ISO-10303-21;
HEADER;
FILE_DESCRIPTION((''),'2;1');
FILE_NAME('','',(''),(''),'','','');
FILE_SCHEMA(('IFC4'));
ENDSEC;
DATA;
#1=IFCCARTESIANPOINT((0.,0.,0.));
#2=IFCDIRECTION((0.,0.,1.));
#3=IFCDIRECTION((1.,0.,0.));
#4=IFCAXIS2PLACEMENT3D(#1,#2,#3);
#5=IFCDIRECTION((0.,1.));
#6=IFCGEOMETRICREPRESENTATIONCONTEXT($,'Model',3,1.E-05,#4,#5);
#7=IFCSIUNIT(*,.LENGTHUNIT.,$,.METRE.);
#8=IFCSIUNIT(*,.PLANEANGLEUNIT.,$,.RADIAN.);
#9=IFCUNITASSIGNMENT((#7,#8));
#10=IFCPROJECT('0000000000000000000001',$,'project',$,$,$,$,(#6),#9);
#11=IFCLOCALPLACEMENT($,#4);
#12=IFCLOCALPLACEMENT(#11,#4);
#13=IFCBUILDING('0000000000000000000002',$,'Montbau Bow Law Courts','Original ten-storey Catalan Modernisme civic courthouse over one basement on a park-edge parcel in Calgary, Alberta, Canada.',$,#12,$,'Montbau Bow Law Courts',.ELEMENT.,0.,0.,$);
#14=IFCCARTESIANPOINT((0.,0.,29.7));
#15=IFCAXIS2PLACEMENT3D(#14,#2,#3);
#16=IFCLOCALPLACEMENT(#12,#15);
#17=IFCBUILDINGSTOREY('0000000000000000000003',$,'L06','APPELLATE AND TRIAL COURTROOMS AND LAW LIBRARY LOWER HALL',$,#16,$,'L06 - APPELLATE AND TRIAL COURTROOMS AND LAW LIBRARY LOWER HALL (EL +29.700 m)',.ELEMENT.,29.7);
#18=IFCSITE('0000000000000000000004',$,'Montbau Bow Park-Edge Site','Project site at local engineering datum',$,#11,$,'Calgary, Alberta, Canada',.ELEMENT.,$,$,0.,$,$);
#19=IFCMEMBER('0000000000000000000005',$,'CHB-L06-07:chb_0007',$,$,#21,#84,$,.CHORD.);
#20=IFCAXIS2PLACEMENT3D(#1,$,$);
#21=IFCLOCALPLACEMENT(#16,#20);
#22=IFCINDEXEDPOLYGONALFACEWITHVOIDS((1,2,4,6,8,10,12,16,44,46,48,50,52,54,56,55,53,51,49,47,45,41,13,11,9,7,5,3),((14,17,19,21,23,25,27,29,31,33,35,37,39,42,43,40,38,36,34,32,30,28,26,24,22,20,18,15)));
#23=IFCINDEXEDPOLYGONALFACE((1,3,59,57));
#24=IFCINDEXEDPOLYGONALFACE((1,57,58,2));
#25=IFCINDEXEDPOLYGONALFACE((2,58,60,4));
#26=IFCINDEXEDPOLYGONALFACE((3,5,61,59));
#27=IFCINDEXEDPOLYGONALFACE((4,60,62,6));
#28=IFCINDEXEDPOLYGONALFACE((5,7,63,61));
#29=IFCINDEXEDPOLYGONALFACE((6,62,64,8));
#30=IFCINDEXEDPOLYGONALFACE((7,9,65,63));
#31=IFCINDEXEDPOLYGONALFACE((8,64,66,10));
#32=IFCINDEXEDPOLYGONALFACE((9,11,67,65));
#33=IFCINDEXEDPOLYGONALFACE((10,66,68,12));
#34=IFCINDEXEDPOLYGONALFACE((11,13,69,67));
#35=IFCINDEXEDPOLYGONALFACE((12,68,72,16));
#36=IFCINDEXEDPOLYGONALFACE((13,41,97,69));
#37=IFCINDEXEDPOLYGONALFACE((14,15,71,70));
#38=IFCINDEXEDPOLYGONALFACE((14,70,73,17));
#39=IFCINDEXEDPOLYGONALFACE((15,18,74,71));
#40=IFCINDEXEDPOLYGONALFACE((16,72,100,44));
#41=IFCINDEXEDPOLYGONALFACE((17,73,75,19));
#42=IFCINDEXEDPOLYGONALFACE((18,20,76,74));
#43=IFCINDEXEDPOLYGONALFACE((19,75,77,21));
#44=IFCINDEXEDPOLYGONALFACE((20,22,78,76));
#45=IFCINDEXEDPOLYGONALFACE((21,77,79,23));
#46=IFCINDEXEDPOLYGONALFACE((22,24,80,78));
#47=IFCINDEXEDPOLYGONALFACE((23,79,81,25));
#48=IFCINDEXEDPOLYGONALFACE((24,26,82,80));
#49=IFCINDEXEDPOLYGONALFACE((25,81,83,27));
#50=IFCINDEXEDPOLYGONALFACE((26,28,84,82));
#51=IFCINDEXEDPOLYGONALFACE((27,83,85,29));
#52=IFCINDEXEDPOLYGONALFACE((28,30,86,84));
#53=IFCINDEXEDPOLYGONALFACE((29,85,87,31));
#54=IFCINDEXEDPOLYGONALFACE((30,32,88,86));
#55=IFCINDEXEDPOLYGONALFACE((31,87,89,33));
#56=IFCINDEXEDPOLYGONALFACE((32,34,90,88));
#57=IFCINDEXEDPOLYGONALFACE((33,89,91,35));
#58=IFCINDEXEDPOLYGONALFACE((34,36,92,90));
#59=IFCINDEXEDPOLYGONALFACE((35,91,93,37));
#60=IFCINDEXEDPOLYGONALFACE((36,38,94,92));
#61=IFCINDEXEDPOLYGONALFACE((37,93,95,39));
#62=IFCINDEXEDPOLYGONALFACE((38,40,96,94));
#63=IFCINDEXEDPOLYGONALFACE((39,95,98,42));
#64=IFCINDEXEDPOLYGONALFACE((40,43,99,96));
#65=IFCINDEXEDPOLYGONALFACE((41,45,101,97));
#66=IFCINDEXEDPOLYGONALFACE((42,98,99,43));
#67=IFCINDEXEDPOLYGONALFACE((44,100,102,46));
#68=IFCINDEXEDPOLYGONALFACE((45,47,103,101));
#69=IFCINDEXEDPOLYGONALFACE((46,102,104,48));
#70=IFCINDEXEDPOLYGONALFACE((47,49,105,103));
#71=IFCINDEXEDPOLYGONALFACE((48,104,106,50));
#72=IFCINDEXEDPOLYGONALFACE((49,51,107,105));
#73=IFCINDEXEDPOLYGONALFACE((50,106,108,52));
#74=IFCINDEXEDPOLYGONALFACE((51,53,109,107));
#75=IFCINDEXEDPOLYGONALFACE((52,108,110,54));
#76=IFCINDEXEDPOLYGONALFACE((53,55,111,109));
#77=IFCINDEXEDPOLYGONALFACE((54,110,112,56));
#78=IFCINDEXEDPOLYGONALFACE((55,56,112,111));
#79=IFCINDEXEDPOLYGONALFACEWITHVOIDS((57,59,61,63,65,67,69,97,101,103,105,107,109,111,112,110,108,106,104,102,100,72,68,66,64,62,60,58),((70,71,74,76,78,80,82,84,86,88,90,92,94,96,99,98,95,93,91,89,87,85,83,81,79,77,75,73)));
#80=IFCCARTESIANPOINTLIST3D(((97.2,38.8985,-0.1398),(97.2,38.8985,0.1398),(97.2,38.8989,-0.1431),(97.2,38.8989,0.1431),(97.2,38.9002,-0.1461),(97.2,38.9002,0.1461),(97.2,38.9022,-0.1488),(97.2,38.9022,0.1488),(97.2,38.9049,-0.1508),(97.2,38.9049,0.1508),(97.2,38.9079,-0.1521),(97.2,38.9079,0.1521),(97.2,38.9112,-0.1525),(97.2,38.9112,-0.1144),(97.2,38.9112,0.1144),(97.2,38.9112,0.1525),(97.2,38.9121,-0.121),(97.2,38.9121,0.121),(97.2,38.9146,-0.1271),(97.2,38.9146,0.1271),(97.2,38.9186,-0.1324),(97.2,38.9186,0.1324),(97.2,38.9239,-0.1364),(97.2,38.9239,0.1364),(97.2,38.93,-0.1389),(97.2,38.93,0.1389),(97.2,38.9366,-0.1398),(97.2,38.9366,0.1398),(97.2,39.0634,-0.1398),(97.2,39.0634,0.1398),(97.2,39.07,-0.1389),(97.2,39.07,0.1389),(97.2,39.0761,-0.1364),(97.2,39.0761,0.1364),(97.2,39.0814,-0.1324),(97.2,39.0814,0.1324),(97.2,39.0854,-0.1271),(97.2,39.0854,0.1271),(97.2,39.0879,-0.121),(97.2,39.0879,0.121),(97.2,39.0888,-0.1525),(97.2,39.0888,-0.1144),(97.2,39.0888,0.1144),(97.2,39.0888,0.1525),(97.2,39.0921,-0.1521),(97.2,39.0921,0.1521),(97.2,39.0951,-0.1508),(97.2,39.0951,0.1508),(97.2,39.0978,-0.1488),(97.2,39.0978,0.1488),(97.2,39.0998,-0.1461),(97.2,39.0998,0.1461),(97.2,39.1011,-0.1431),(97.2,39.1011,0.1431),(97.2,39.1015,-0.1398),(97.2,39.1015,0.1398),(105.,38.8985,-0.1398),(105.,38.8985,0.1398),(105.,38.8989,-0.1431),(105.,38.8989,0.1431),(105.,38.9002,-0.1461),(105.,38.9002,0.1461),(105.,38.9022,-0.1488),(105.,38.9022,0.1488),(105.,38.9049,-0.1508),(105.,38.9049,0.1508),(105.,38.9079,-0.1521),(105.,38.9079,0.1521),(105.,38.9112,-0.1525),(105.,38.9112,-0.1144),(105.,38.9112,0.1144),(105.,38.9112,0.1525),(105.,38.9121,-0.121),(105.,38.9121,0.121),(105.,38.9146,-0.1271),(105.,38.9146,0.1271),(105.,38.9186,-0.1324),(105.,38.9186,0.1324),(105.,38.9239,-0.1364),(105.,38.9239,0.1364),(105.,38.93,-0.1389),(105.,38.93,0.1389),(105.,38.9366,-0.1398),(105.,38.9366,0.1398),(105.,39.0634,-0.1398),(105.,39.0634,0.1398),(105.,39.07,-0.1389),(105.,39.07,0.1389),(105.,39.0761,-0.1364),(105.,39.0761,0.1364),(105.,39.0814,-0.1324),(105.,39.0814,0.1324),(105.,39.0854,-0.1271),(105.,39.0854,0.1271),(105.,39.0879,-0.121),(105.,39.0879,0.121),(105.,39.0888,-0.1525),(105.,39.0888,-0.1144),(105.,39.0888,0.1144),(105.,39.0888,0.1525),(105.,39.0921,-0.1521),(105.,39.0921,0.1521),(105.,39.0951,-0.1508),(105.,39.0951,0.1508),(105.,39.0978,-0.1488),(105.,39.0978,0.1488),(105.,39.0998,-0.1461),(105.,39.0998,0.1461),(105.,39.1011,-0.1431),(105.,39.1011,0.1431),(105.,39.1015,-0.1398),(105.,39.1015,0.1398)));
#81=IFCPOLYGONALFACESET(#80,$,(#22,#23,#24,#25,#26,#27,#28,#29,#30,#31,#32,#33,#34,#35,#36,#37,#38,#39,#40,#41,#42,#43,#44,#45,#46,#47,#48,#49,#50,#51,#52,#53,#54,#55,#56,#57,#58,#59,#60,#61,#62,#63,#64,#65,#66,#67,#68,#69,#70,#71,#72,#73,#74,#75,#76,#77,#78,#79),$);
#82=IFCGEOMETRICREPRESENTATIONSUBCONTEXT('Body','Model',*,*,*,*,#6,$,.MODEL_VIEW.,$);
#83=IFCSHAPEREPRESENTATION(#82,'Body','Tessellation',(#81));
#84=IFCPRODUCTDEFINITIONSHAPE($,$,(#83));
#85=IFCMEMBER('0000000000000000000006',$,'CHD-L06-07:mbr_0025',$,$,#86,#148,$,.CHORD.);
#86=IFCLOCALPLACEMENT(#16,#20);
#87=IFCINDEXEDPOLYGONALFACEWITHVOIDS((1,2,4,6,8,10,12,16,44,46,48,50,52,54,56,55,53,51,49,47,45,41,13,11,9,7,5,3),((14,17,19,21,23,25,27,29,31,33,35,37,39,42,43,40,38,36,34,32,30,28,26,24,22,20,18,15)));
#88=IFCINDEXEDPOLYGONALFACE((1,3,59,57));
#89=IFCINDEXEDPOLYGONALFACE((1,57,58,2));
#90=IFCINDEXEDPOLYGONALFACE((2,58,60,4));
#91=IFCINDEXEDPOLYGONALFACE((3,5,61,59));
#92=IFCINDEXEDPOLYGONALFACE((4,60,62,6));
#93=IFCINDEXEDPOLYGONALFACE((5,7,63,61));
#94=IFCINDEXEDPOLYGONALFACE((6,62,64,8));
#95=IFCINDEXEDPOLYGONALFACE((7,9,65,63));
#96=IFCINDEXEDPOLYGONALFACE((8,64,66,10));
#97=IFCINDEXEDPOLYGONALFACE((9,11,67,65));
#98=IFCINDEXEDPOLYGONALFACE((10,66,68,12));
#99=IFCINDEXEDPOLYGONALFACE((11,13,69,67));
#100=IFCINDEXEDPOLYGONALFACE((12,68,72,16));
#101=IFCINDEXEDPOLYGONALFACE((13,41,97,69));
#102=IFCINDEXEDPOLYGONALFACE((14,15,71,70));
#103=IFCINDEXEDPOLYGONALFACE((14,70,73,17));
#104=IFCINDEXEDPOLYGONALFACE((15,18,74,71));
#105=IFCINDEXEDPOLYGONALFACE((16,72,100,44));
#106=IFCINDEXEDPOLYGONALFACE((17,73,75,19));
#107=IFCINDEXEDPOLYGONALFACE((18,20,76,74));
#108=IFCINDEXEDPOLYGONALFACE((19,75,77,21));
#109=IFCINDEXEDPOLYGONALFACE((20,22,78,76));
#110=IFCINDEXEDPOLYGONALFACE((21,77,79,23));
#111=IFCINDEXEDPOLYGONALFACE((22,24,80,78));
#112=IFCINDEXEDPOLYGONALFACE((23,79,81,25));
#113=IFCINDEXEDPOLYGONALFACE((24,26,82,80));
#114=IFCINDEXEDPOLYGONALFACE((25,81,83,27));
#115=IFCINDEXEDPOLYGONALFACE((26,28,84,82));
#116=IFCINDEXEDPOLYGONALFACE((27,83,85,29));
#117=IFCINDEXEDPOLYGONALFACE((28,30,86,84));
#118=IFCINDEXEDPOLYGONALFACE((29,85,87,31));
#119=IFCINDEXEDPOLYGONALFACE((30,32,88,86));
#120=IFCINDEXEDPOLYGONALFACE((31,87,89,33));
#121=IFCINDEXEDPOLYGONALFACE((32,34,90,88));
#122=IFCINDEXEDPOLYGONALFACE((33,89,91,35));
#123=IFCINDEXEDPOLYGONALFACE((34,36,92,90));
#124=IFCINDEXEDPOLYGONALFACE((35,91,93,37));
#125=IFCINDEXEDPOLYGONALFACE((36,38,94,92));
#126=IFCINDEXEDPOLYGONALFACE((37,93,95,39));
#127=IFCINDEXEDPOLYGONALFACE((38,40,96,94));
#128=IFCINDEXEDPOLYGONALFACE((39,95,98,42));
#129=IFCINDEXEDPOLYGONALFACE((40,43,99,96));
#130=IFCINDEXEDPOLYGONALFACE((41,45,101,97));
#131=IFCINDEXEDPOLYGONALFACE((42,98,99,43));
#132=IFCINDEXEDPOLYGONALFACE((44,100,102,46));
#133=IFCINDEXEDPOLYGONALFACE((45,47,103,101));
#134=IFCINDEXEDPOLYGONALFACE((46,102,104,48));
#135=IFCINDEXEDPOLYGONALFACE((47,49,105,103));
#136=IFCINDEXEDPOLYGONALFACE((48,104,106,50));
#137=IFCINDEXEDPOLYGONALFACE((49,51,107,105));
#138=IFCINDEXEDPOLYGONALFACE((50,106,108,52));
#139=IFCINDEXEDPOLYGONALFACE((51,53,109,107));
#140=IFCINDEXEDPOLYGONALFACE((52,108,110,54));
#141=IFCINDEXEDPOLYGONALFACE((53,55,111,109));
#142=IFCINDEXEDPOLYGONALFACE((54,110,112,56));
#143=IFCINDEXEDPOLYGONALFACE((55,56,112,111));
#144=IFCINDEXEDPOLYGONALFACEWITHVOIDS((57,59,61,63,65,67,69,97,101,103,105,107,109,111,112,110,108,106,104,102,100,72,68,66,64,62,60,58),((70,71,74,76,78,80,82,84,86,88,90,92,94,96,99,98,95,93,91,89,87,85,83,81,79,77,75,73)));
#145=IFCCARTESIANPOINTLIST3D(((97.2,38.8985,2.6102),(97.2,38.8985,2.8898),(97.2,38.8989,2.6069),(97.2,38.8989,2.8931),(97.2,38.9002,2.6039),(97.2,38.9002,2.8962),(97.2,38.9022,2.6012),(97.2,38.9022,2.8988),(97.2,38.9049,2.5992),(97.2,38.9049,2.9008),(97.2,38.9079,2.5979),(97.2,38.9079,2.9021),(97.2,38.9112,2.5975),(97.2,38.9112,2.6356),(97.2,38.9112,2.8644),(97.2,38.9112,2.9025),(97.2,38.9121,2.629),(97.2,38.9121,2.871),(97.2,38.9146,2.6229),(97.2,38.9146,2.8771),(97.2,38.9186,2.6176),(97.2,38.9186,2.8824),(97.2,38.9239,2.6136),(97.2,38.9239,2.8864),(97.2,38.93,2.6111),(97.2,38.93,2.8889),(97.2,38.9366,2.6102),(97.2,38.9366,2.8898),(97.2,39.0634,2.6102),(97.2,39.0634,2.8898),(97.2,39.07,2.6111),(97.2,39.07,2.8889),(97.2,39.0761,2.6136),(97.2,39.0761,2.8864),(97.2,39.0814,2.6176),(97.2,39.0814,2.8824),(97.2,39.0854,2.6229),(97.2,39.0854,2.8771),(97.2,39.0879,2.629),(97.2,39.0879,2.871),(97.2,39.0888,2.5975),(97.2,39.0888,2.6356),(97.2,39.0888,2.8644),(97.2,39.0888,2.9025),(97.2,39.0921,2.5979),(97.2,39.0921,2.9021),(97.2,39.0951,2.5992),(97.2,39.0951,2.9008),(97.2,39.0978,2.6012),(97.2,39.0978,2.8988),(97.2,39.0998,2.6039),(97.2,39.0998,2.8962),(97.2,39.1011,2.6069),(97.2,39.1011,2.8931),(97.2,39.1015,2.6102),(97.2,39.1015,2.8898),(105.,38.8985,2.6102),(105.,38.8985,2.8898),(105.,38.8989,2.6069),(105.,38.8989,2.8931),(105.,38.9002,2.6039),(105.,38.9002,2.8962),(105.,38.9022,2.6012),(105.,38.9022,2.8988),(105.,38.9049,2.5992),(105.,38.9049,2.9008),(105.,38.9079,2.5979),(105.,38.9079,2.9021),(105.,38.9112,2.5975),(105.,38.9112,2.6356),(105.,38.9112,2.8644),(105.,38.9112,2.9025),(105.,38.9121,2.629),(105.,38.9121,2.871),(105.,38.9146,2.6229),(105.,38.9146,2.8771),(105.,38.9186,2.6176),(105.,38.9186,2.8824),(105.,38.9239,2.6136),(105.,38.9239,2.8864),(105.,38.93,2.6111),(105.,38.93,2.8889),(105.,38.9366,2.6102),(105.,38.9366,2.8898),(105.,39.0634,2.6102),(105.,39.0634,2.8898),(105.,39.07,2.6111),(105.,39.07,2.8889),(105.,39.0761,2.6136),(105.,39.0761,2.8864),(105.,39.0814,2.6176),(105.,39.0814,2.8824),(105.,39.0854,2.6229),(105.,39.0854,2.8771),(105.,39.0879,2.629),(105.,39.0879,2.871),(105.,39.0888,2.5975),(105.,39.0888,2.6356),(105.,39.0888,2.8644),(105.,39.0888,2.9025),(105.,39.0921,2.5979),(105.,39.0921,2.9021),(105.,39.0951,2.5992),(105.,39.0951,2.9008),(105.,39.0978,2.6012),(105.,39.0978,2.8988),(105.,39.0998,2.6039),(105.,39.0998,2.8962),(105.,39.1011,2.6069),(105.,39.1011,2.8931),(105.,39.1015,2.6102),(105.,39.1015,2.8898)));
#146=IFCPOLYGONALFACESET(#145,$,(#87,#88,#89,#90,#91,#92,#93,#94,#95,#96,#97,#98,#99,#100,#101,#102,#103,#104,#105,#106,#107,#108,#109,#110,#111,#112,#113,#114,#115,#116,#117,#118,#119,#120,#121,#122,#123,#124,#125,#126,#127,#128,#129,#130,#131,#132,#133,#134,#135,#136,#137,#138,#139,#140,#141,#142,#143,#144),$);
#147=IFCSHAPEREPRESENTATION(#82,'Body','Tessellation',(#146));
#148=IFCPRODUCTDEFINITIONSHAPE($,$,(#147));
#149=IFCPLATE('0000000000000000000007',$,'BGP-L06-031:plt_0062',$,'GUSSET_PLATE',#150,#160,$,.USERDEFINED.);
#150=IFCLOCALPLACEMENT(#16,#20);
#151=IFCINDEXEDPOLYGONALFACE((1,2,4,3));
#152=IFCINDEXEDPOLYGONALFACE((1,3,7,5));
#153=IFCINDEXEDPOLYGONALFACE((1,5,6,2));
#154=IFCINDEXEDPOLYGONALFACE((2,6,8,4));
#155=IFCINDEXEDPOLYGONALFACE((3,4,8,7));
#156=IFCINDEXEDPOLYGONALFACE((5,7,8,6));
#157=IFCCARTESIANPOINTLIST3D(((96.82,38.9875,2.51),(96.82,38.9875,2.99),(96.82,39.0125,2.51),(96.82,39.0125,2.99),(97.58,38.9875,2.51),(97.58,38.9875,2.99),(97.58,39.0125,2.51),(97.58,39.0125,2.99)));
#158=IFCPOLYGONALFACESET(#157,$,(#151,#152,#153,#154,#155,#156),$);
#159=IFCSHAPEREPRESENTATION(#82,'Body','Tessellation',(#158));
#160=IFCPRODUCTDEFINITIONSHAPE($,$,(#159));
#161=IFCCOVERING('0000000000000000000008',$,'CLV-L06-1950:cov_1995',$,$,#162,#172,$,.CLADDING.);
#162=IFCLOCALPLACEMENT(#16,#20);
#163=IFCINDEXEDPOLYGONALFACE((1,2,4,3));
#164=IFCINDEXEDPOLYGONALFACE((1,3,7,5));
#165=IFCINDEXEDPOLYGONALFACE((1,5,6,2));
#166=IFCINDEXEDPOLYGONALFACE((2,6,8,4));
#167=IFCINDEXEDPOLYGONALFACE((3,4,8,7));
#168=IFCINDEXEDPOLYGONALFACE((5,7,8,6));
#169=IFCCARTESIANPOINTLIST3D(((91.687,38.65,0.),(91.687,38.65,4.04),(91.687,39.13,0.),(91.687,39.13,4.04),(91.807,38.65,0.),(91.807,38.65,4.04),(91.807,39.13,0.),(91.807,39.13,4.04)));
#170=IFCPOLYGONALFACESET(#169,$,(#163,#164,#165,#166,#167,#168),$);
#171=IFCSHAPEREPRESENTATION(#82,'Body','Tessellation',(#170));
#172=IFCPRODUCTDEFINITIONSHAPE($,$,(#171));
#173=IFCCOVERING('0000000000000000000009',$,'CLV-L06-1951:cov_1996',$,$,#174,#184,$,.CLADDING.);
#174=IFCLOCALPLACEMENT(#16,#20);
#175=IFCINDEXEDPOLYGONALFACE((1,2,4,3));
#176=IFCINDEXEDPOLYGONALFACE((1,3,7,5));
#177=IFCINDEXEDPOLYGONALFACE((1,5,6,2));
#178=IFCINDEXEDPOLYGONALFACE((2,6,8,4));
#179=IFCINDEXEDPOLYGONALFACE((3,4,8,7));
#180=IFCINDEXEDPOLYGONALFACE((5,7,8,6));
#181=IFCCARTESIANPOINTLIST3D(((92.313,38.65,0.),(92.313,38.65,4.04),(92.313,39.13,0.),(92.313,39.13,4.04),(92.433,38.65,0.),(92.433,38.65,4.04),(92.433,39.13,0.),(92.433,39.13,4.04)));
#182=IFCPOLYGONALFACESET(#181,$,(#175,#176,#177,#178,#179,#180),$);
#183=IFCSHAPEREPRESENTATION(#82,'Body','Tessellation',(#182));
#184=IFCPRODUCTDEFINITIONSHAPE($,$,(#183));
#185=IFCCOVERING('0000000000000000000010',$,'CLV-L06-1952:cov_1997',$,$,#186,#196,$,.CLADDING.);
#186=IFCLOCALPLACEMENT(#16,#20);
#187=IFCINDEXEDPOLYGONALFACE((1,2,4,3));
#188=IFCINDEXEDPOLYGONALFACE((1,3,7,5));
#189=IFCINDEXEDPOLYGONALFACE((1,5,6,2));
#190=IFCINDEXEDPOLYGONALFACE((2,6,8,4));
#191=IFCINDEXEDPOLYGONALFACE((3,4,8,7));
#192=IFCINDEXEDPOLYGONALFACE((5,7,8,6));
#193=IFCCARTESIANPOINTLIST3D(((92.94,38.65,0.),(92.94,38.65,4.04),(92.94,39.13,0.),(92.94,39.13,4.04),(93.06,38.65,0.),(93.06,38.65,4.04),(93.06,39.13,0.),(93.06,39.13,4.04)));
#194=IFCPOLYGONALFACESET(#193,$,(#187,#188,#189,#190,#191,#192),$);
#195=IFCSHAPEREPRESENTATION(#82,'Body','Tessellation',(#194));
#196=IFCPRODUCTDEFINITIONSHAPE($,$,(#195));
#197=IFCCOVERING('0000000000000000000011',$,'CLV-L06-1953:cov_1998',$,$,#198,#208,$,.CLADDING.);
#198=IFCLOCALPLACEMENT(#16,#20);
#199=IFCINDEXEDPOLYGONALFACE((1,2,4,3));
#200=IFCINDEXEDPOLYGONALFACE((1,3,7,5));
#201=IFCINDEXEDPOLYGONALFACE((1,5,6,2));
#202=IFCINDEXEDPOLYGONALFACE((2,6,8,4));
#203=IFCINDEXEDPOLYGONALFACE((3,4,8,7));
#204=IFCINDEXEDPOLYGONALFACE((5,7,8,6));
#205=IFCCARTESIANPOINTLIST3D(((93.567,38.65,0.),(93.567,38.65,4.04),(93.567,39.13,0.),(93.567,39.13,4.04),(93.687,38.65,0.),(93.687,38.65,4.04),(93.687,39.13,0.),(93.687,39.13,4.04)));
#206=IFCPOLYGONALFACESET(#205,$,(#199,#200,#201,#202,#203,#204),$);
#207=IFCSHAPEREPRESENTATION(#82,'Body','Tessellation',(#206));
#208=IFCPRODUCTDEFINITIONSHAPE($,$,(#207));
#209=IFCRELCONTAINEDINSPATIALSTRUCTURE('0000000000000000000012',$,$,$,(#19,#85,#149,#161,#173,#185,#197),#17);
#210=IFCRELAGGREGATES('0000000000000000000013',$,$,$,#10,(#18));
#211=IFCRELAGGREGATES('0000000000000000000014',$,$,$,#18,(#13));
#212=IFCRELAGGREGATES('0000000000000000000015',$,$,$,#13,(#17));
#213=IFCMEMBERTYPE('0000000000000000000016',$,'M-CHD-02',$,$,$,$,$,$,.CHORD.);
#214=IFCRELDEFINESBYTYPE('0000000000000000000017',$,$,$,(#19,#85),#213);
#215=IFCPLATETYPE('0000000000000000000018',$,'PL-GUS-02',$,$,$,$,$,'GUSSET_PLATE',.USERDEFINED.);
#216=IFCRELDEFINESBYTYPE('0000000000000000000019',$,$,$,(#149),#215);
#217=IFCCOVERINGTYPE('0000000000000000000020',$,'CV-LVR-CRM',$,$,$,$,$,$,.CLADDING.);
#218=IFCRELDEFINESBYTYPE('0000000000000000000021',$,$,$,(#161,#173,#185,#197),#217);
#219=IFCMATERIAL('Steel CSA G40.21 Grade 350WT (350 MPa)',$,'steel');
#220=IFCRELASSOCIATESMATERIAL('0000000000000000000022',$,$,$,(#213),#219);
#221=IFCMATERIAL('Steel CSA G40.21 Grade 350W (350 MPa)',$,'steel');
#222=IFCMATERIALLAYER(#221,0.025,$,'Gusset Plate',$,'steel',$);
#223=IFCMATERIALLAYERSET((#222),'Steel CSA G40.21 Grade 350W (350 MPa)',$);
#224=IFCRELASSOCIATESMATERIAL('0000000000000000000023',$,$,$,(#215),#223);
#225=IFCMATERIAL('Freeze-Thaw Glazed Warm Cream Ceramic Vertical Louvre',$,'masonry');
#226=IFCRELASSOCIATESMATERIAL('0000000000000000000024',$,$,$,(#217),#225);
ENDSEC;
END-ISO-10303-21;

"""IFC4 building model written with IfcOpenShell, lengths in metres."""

from ifc_helpers import new_model, si_unit, direction, frame, frame_2d, origin_with_axes, origin_2d_with_axis, place, context, subcontext, project, spatial, rectangle, hollow_rectangle, extrude, material, layer, layer_set, material_profile, profile_set, type_object, element, save


model = new_model("IFC4")

# Units and contexts
model_context = context("Model", 3, precision=1e-05, world=origin_with_axes(), true_north=direction((0.0, 1.0)))
body_context = subcontext(model_context, "Body", "Model", "MODEL_VIEW")
ifc_project = project(units=[si_unit("LENGTHUNIT", "METRE"), si_unit("PLANEANGLEUNIT", "RADIAN")], contexts=[model_context])

# Site, building, storey
site_placement = place(None, origin_with_axes())
site = spatial("IfcSite", under=ifc_project, at=site_placement, Name="Montbau Bow Park-Edge Site", Description="Project site at local engineering datum", LongName="Calgary, Alberta, Canada", CompositionType="ELEMENT", RefElevation=0.0)
building_placement = place(site_placement, origin_with_axes())
building = spatial("IfcBuilding", under=site, at=building_placement, Name="Montbau Bow Law Courts", Description="Original ten-storey Catalan Modernisme civic courthouse over one basement on a park-edge parcel in Calgary, Alberta, Canada.", LongName="Montbau Bow Law Courts", CompositionType="ELEMENT", ElevationOfRefHeight=0.0, ElevationOfTerrain=0.0)
storey_placement = place(building_placement, frame((0.0, 0.0, 29.7), z_axis=(0.0, 0.0, 1.0), x_axis=(1.0, 0.0, 0.0)))
storey = spatial("IfcBuildingStorey", under=building, at=storey_placement, Name="L06", Description="APPELLATE AND TRIAL COURTROOMS AND LAW LIBRARY LOWER HALL", LongName="L06 - APPELLATE AND TRIAL COURTROOMS AND LAW LIBRARY LOWER HALL (EL +29.700 m)", CompositionType="ELEMENT", Elevation=29.7)

# Shared definitions
ifc_material_1 = material(Name="Steel CSA G40.21 Grade 350W (350 MPa)", Category="steel")
ifc_material_2 = material(Name="Steel CSA G40.21 Grade 350WT (350 MPa)", Category="steel")

# Members
ifc_material_profile_1 = material_profile(ifc_material_2, hollow_rectangle(XDim=0.203, YDim=0.305, WallThickness=0.0127, InnerFilletRadius=0.0254, OuterFilletRadius=0.0127, at=origin_2d_with_axis()), Name="HSS305X203X13", Category="Main", Priority=0)
ifc_profile_set_1 = profile_set([ifc_material_profile_1], Name="Steel CSA G40.21 Grade 350WT (350 MPa)")
member_type_1 = type_object("IfcMemberType", Name="M-CHD-02", PredefinedType="CHORD", material=ifc_profile_set_1)
for number, where, z_axis, x_axis, name in (
    (1, (97.2, 39.0, 29.7), (1.0, 0.0, 0.0), (0.0, 1.0, 0.0), "CHB-L06-07:chb_0007"),
    (2, (97.2, 39.0, 32.45), (1.0, 0.0, 0.0), (0.0, 1.0, 0.0), "CHD-L06-07:mbr_0025"),
):
    element("IfcMember", number, at=place(None, frame(where, z_axis=z_axis, x_axis=x_axis)), inside=storey, type_object=member_type_1, Name=name, PredefinedType="CHORD", context=body_context, shape_type="SweptSolid", body=[
        extrude(hollow_rectangle(XDim=0.203, YDim=0.305, WallThickness=0.0127, InnerFilletRadius=0.0254, OuterFilletRadius=0.0127, at=origin_2d_with_axis()), origin_with_axes(), (0.0, 0.0, 1.0), 7.8),
    ])

# Plate
ifc_layer = layer(ifc_material_1, 0.025, Name="Gusset Plate", Category="steel")
ifc_layer_set = layer_set([ifc_layer], Name="Steel CSA G40.21 Grade 350W (350 MPa)")
plate_type = type_object("IfcPlateType", Name="PL-GUS-02", ElementType="GUSSET_PLATE", PredefinedType="USERDEFINED", material=ifc_layer_set)
plate_placement = place(None, frame((97.2, 39.0, 32.21), z_axis=(0.0, 0.0, 1.0), x_axis=(1.0, 0.0, 0.0)))
element("IfcPlate", 3, at=plate_placement, inside=storey, type_object=plate_type, Name="BGP-L06-031:plt_0062", ObjectType="GUSSET_PLATE", PredefinedType="USERDEFINED", context=body_context, shape_type="SweptSolid", body=[
    extrude(rectangle(XDim=0.76, YDim=0.025, at=origin_2d_with_axis()), origin_with_axes(), (0.0, 0.0, 1.0), 0.48),
])

# Coverings
ifc_material_3 = material(Name="Freeze-Thaw Glazed Warm Cream Ceramic Vertical Louvre", Category="masonry")
covering_type = type_object("IfcCoveringType", Name="CV-LVR-CRM", PredefinedType="CLADDING", material=ifc_material_3)
for number, where, z_axis, x_axis, name in (
    (4, (91.747, 39.13, 29.7), (-1.0, 0.0, 0.0), (0.0, -1.0, 0.0), "CLV-L06-1950:cov_1995"),
    (5, (92.373, 39.13, 29.7), (-1.0, 0.0, 0.0), (0.0, -1.0, 0.0), "CLV-L06-1951:cov_1996"),
    (6, (93.0, 39.13, 29.7), (-1.0, 0.0, 0.0), (0.0, -1.0, 0.0), "CLV-L06-1952:cov_1997"),
    (7, (93.627, 39.13, 29.7), (-1.0, 0.0, 0.0), (0.0, -1.0, 0.0), "CLV-L06-1953:cov_1998"),
):
    element("IfcCovering", number, at=place(None, frame(where, z_axis=z_axis, x_axis=x_axis)), inside=storey, type_object=covering_type, Name=name, PredefinedType="CLADDING", context=body_context, shape_type="SweptSolid", body=[
        extrude(rectangle(XDim=0.48, YDim=4.04, at=frame_2d((0.24, 2.02), x_axis=(1.0, 0.0))), frame((0.0, 0.0, -0.06), z_axis=(0.0, 0.0, 1.0), x_axis=(1.0, 0.0, 0.0)), (0.0, 0.0, 1.0), 0.12),
    ])

save(model, "model.ifc")
